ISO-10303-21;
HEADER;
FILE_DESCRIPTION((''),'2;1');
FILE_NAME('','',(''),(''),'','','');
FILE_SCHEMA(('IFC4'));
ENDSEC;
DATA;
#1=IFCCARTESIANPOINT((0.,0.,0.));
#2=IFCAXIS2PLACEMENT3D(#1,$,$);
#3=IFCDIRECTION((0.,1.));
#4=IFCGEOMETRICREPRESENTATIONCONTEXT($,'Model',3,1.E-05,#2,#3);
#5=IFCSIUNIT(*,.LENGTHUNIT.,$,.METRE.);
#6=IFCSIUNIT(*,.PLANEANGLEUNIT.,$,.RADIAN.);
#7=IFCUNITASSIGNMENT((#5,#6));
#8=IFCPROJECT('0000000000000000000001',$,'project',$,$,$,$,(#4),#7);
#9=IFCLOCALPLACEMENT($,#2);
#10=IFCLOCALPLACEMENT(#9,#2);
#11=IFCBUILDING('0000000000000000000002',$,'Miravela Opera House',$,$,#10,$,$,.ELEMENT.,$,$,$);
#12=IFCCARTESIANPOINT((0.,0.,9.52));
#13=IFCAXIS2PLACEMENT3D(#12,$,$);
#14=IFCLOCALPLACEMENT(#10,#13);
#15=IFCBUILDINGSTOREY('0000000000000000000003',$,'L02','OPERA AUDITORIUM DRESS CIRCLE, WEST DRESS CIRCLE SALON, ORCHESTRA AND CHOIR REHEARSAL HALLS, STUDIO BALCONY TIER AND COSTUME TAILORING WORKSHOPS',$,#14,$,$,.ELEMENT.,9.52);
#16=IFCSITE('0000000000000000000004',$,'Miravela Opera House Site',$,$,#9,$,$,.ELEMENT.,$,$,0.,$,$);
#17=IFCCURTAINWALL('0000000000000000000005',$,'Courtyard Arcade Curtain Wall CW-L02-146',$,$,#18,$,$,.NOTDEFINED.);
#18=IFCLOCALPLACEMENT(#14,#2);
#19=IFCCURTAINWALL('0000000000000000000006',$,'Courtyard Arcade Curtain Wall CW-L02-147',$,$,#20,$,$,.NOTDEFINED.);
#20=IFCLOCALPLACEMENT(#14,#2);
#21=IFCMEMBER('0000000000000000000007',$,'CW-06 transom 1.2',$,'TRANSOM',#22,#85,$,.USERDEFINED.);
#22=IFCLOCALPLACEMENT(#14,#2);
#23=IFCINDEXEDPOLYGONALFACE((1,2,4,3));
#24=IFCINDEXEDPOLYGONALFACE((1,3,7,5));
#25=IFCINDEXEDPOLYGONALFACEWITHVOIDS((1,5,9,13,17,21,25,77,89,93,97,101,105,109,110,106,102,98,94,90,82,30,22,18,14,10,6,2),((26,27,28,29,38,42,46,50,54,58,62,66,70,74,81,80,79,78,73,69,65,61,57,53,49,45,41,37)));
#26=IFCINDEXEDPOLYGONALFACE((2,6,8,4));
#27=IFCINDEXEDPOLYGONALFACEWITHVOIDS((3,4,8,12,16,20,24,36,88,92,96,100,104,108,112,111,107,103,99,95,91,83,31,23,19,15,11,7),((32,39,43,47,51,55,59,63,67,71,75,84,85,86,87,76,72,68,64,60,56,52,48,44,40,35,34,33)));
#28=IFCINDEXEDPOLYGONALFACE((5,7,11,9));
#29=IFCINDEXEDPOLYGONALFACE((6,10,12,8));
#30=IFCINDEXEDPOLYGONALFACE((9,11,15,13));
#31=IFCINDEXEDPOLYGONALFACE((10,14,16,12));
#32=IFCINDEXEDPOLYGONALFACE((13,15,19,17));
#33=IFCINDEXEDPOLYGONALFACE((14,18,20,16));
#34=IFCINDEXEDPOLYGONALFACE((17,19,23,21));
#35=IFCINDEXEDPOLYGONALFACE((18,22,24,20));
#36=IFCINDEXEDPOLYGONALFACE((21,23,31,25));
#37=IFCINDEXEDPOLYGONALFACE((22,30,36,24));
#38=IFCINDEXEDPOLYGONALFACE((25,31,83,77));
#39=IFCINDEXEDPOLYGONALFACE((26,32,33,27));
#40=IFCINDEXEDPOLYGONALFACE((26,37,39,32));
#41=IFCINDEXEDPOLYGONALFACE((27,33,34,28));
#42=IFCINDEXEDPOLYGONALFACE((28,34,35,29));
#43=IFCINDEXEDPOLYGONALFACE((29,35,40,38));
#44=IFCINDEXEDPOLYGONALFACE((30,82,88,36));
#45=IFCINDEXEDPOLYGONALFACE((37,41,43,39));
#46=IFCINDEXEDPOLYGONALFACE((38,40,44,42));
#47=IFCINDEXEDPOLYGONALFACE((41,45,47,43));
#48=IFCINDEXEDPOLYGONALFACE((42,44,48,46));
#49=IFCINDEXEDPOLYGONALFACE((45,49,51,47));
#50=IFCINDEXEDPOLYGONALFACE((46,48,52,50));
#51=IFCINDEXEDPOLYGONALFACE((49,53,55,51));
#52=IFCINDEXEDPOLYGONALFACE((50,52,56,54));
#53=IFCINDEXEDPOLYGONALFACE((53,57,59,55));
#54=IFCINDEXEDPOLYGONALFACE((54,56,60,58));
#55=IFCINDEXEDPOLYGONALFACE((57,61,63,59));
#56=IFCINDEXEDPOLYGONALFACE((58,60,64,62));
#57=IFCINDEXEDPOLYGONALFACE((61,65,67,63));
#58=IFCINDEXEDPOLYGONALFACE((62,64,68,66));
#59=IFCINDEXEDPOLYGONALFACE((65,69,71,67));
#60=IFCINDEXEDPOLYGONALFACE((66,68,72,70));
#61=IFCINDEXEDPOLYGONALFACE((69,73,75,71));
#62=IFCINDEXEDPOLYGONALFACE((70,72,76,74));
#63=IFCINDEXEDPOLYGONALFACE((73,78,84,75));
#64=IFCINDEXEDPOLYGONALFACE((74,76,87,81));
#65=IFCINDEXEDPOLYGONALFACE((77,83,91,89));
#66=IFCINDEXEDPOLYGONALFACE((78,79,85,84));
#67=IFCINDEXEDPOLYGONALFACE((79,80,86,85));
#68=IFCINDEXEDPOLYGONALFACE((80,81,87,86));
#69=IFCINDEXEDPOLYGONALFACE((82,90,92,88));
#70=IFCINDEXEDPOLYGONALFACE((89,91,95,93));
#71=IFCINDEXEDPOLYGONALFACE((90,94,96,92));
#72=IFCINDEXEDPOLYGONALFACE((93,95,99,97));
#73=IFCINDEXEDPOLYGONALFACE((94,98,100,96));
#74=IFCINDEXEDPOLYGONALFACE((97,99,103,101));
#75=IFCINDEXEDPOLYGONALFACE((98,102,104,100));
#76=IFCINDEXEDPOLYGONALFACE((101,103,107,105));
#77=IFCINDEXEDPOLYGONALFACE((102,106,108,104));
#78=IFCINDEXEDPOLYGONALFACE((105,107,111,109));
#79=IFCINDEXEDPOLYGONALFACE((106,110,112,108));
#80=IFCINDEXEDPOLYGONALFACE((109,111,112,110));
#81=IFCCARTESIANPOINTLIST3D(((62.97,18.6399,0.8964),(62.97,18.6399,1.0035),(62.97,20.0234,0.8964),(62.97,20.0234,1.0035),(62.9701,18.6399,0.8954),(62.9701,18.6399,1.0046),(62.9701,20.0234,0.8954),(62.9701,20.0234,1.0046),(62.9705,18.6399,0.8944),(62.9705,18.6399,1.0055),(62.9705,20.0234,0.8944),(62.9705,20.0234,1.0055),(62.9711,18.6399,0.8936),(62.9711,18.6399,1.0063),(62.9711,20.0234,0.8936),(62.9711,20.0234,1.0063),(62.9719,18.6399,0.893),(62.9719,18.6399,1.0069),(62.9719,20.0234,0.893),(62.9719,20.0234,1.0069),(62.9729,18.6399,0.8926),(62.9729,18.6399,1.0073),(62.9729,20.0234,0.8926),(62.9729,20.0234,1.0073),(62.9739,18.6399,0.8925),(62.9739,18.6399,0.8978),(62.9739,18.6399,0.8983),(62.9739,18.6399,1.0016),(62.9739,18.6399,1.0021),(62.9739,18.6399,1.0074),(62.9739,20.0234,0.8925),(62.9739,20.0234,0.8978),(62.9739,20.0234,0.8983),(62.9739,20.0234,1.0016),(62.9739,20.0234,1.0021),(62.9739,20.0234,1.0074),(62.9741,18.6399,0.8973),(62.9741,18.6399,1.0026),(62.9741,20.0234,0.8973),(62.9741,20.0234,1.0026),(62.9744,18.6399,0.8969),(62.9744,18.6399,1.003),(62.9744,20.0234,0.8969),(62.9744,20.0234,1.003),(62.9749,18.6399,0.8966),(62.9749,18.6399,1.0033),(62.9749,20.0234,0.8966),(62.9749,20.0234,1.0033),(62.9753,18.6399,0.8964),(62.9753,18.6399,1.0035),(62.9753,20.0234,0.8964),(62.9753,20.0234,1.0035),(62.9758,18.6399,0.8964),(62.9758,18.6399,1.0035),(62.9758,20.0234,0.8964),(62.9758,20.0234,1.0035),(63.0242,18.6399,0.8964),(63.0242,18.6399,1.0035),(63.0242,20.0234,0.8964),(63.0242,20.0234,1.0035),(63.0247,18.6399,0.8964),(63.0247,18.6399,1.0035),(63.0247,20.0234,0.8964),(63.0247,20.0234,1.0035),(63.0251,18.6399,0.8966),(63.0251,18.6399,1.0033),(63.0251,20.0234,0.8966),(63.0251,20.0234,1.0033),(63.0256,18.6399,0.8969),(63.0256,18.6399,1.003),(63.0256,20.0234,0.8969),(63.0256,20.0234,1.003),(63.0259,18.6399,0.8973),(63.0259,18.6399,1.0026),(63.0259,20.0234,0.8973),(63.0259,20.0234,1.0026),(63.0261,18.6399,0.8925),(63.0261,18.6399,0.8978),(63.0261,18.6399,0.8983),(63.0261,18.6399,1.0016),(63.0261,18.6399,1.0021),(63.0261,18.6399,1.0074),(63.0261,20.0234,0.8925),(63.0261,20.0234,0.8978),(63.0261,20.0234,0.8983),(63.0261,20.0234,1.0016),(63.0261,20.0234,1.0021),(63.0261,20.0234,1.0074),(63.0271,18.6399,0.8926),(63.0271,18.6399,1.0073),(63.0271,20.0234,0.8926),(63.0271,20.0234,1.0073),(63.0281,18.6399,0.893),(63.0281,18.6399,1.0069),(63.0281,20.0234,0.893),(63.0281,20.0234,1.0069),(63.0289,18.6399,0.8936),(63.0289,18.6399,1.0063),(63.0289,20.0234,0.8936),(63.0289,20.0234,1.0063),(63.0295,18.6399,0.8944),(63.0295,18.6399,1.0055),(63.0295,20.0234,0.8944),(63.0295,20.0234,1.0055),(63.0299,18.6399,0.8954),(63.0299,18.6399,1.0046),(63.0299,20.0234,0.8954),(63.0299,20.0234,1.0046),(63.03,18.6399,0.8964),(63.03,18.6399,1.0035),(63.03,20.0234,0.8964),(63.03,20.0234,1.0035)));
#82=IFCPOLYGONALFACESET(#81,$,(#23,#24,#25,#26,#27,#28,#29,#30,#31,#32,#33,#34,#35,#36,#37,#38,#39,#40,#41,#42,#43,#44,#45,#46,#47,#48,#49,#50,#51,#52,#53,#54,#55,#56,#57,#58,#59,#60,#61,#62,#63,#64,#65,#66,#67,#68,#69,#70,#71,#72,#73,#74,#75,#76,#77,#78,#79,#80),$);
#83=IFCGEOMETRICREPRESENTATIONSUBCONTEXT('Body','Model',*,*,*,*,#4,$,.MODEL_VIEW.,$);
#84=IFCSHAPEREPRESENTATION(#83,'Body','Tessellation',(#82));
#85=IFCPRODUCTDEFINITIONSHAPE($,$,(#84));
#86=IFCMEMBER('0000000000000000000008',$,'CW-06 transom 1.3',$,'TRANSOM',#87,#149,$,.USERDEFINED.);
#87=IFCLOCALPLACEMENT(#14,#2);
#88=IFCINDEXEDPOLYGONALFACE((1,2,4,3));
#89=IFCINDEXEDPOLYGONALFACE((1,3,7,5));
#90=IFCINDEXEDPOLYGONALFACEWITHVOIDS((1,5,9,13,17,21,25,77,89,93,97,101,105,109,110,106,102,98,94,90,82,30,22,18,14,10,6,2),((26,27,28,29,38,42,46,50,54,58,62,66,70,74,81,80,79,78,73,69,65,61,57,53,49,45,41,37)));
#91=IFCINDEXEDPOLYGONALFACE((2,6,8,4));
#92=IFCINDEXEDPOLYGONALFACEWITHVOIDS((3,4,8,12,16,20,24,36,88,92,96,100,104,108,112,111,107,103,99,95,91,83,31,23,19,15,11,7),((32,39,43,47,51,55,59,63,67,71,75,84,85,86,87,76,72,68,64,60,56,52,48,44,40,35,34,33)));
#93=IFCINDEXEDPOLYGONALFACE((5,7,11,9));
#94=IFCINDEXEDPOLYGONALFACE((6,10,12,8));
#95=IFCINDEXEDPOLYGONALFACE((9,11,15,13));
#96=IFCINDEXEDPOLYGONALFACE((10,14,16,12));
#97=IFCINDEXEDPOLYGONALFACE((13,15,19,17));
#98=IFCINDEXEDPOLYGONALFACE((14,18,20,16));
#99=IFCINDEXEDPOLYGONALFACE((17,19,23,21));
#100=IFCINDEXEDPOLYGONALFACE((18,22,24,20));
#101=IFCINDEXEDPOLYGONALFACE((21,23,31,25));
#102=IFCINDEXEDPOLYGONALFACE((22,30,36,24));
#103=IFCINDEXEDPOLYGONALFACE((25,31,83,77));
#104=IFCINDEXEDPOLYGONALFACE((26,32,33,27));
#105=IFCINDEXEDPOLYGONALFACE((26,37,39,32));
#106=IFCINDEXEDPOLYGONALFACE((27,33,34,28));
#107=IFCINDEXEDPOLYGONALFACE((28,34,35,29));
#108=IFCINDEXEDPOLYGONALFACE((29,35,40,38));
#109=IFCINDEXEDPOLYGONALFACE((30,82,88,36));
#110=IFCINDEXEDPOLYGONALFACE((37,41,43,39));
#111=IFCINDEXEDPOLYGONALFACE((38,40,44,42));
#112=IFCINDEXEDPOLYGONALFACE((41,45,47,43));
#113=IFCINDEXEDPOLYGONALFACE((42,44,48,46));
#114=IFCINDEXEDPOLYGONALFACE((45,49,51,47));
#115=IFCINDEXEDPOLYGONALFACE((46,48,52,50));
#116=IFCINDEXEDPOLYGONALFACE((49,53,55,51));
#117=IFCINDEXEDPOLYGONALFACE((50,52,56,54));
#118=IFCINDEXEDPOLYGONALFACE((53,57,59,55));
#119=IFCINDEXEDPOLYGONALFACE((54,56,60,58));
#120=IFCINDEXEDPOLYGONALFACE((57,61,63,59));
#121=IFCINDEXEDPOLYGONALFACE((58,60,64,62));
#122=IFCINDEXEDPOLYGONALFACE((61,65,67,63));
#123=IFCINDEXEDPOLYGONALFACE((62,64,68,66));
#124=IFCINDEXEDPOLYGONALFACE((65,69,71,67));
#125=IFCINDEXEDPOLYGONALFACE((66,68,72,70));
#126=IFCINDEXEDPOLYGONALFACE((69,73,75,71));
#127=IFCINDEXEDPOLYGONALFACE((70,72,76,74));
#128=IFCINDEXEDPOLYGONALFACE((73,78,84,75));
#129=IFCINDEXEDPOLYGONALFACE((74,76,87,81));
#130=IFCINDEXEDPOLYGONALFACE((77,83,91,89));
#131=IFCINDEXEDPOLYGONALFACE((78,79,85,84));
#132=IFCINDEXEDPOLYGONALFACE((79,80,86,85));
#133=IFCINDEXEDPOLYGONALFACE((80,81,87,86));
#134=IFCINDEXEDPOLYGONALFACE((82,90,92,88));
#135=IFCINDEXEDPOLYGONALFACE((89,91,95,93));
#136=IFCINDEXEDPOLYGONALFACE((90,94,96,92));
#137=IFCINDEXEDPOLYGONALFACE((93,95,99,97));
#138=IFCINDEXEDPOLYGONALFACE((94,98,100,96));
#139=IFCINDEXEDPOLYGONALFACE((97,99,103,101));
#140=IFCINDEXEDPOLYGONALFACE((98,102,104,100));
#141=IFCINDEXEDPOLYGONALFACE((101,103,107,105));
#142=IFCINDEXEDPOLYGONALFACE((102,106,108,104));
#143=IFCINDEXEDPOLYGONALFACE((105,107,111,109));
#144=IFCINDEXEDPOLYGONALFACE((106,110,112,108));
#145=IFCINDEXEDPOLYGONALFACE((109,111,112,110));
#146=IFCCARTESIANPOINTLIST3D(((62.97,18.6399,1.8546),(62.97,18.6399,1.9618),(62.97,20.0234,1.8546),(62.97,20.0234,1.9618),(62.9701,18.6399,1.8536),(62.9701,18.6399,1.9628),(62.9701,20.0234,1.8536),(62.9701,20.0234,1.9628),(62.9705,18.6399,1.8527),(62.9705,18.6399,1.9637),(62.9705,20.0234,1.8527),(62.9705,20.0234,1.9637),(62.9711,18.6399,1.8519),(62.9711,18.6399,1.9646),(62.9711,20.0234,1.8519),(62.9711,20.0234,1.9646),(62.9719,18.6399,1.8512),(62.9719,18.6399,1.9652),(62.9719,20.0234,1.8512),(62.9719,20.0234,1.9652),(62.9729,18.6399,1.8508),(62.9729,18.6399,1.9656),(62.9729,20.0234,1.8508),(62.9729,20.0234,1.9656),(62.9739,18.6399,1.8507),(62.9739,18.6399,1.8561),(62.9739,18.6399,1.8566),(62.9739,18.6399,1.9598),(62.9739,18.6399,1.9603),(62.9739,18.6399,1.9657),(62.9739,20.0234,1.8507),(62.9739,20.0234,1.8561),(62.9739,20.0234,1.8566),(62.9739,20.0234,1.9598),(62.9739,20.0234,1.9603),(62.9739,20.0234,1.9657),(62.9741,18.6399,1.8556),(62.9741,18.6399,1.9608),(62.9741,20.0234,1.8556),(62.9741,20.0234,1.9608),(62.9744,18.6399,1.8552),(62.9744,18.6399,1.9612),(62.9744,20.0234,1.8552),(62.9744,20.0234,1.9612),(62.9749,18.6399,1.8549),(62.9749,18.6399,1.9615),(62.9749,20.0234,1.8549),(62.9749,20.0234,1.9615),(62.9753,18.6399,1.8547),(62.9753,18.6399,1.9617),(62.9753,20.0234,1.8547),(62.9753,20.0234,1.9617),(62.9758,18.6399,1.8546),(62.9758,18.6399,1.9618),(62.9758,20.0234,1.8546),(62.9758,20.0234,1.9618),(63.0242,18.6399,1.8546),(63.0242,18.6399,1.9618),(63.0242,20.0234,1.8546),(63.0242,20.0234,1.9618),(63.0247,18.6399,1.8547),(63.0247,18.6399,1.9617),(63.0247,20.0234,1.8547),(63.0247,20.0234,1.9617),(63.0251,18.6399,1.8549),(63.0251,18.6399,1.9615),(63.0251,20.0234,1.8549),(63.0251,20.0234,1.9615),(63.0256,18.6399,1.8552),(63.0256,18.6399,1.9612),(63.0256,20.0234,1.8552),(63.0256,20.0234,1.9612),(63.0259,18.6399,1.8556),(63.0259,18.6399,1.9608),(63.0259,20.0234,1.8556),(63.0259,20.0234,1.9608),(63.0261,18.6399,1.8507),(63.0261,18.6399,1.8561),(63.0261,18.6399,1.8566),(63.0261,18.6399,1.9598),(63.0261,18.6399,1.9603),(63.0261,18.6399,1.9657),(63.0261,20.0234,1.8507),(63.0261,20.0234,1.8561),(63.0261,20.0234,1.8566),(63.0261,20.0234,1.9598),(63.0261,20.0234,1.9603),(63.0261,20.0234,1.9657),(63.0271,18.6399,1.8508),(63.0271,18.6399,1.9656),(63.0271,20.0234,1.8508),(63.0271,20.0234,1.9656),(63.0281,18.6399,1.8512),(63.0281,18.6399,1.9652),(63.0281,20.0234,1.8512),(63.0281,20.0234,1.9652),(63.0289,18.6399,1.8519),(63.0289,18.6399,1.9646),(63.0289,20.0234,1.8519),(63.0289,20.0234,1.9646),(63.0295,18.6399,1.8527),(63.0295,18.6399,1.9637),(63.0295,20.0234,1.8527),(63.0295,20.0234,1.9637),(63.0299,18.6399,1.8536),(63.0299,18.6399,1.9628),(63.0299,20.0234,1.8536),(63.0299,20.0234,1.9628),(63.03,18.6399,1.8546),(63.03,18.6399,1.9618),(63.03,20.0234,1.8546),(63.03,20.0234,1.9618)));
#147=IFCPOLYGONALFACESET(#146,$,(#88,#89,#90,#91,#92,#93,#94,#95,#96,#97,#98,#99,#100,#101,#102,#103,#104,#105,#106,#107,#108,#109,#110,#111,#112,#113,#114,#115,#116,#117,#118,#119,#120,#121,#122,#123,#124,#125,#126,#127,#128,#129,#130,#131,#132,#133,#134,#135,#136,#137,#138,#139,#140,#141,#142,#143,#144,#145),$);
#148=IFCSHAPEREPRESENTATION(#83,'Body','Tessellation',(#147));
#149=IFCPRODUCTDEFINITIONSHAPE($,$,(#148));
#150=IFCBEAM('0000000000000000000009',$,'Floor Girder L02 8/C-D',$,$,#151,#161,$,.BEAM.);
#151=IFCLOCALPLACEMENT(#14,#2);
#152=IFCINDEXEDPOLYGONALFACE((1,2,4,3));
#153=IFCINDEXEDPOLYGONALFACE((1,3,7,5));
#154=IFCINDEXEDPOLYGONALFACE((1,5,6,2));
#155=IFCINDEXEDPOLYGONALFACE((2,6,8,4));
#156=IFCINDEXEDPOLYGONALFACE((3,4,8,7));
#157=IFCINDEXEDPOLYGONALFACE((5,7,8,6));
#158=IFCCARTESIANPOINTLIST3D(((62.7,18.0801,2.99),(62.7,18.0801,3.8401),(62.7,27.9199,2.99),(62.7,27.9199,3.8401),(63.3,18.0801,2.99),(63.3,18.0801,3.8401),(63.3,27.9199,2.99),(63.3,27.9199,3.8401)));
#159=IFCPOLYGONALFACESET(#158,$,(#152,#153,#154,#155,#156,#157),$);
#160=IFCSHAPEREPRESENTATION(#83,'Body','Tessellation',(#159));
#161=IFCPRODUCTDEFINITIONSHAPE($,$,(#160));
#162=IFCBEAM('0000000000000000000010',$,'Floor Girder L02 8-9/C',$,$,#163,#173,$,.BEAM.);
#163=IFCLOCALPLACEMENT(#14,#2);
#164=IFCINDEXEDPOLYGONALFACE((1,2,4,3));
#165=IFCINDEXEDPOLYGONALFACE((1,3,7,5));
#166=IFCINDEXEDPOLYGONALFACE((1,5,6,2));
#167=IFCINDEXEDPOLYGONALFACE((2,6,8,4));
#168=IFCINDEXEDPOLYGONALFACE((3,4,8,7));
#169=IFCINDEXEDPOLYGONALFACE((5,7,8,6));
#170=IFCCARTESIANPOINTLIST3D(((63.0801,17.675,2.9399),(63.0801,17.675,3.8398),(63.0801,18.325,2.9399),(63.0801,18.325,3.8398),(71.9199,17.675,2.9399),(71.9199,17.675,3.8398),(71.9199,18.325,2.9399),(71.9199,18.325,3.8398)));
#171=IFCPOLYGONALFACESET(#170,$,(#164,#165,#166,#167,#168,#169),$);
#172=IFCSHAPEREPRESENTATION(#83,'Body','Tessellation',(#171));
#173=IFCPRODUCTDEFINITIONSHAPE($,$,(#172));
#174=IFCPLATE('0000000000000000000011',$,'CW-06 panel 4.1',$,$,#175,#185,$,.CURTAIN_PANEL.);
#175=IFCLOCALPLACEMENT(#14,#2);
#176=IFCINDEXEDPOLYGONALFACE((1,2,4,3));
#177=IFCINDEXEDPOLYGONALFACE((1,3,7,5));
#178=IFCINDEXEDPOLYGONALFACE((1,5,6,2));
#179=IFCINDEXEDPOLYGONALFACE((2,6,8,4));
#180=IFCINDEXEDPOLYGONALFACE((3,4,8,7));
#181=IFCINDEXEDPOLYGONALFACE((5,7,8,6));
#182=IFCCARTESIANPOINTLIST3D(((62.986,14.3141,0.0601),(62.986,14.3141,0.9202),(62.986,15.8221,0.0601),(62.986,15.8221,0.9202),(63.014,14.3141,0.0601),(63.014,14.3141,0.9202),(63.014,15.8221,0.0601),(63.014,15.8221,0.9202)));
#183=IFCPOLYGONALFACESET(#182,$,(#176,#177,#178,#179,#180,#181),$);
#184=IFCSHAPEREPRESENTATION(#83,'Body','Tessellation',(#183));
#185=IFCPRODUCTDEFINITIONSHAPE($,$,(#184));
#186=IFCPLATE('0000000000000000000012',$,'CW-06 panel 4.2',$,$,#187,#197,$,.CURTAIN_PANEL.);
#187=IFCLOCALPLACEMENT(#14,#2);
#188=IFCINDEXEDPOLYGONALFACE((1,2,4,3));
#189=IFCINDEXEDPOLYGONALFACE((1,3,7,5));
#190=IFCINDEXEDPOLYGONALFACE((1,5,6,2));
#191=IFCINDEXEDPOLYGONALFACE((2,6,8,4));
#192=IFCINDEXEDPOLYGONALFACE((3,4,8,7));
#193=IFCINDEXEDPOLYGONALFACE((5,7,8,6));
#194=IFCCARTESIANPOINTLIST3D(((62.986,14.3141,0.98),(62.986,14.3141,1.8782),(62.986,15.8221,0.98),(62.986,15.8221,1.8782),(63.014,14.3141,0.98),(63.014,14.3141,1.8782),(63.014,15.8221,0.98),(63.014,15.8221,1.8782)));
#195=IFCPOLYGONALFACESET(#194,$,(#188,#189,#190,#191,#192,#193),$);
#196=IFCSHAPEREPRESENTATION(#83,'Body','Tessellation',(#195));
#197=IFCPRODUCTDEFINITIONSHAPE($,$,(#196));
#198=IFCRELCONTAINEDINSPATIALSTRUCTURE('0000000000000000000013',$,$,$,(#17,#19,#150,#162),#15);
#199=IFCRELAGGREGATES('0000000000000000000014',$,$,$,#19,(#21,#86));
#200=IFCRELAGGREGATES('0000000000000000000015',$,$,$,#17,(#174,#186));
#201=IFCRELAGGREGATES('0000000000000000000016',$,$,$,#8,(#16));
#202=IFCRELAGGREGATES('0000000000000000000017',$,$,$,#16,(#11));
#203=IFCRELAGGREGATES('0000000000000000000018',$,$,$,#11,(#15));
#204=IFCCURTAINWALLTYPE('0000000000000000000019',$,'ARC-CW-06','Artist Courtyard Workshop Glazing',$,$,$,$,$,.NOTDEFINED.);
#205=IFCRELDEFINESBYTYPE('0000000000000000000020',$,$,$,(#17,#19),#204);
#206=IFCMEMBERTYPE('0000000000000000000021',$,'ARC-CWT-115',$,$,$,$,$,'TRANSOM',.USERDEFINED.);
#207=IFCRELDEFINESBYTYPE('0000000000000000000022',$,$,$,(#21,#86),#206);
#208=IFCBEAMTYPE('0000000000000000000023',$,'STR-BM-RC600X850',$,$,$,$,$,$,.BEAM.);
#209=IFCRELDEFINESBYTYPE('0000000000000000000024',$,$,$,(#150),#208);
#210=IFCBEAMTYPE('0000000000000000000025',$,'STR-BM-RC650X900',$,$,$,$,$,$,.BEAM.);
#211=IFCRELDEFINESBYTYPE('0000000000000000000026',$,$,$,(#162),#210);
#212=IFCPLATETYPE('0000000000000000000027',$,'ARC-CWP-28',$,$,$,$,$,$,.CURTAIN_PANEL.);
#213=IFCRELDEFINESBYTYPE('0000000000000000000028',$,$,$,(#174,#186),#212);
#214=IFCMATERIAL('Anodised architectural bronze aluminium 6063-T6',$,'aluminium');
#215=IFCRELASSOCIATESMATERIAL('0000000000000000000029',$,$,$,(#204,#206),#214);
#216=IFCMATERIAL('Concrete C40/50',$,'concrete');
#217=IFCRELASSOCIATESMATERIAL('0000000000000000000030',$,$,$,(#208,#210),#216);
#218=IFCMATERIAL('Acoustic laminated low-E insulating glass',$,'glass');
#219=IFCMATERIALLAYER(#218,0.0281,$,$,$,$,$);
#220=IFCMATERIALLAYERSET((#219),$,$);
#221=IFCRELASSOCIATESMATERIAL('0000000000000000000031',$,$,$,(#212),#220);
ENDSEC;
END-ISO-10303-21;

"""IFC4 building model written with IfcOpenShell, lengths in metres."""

from ifc_helpers import new_model, si_unit, direction, frame, origin, origin_2d, place, context, subcontext, project, spatial, rectangle, hollow_rectangle, extrude, material, layer, layer_set, material_profile, profile_set, type_object, element, aggregate, save


model = new_model("IFC4")

# Units and contexts
model_context = context("Model", 3, precision=1e-05, world=origin(), true_north=direction((0.0, 1.0)))
body_context = subcontext(model_context, "Body", "Model", "MODEL_VIEW")
ifc_project = project(units=[si_unit("LENGTHUNIT", "METRE"), si_unit("PLANEANGLEUNIT", "RADIAN")], contexts=[model_context])

# Site, building, storey
site_placement = place(None, origin())
site = spatial("IfcSite", under=ifc_project, at=site_placement, Name="Miravela Opera House Site", CompositionType="ELEMENT", RefElevation=0.0)
building_placement = place(site_placement, origin())
building = spatial("IfcBuilding", under=site, at=building_placement, Name="Miravela Opera House", CompositionType="ELEMENT")
storey_placement = place(building_placement, frame((0.0, 0.0, 9.52)))
storey = spatial("IfcBuildingStorey", under=building, at=storey_placement, Name="L02", Description="OPERA AUDITORIUM DRESS CIRCLE, WEST DRESS CIRCLE SALON, ORCHESTRA AND CHOIR REHEARSAL HALLS, STUDIO BALCONY TIER AND COSTUME TAILORING WORKSHOPS", CompositionType="ELEMENT", Elevation=9.52)

# Curtain wall
ifc_material_1 = material(Name="Anodised architectural bronze aluminium 6063-T6", Category="aluminium")
curtain_wall_type = type_object("IfcCurtainWallType", Name="ARC-CW-06", Description="Artist Courtyard Workshop Glazing", PredefinedType="NOTDEFINED", material=ifc_material_1)
curtain_wall_1_placement = place(storey_placement, origin())
curtain_wall_1 = element("IfcCurtainWall", 1, at=curtain_wall_1_placement, inside=storey, type_object=curtain_wall_type, Name="Courtyard Arcade Curtain Wall CW-L02-146", PredefinedType="NOTDEFINED")

# Curtain wall
curtain_wall_2_placement = place(storey_placement, origin())
curtain_wall_2 = element("IfcCurtainWall", 2, at=curtain_wall_2_placement, inside=storey, type_object=curtain_wall_type, Name="Courtyard Arcade Curtain Wall CW-L02-147", PredefinedType="NOTDEFINED")

# Members
ifc_material_profile_1 = material_profile(ifc_material_1, hollow_rectangle(XDim=0.0601, YDim=0.115, WallThickness=0.0039, InnerFilletRadius=0.002, OuterFilletRadius=0.0039, at=origin_2d()), Name="CWT-60X115")
ifc_profile_set_1 = profile_set([ifc_material_profile_1])
member_type_1 = type_object("IfcMemberType", Name="ARC-CWT-115", ElementType="TRANSOM", PredefinedType="USERDEFINED", material=ifc_profile_set_1)
member_1_placement = place(storey_placement, frame((63.0, 18.6399, 0.95), z_axis=(0.0, 1.0, 0.0), x_axis=(-1.0, 0.0, 0.0)))
member_1 = element("IfcMember", 3, at=member_1_placement, type_object=member_type_1, Name="CW-06 transom 1.2", ObjectType="TRANSOM", PredefinedType="USERDEFINED", context=body_context, shape_type="SweptSolid", body=[
    extrude(hollow_rectangle(XDim=0.0601, YDim=0.115, WallThickness=0.0039, InnerFilletRadius=0.002, OuterFilletRadius=0.0039, at=origin_2d()), origin(), (0.0, 0.0, 1.0), 1.3835),
])
member_2_placement = place(storey_placement, frame((63.0, 18.6399, 1.9082), z_axis=(0.0, 1.0, 0.0), x_axis=(-1.0, 0.0, 0.0)))
member_2 = element("IfcMember", 4, at=member_2_placement, type_object=member_type_1, Name="CW-06 transom 1.3", ObjectType="TRANSOM", PredefinedType="USERDEFINED", context=body_context, shape_type="SweptSolid", body=[
    extrude(hollow_rectangle(XDim=0.0601, YDim=0.115, WallThickness=0.0039, InnerFilletRadius=0.002, OuterFilletRadius=0.0039, at=origin_2d()), origin(), (0.0, 0.0, 1.0), 1.3835),
])
aggregate(curtain_wall_2, [member_1, member_2])

# Beams
ifc_material_2 = material(Name="Concrete C40/50", Category="concrete")
ifc_material_profile_2 = material_profile(ifc_material_2, rectangle(XDim=0.6001, YDim=0.8501, at=origin_2d()), Name="RC-BM-600X850")
ifc_profile_set_2 = profile_set([ifc_material_profile_2])
beam_type_1 = type_object("IfcBeamType", Name="STR-BM-RC600X850", PredefinedType="BEAM", material=ifc_profile_set_2)
beam_1_placement = place(storey_placement, frame((63.0, 18.0801, 3.415), z_axis=(0.0, 1.0, 0.0), x_axis=(-1.0, 0.0, 0.0)))
element("IfcBeam", 5, at=beam_1_placement, inside=storey, type_object=beam_type_1, Name="Floor Girder L02 8/C-D", PredefinedType="BEAM", context=body_context, shape_type="SweptSolid", body=[
    extrude(rectangle(XDim=0.6001, YDim=0.8501, at=origin_2d()), origin(), (0.0, 0.0, 1.0), 9.8398),
])
ifc_material_profile_3 = material_profile(ifc_material_2, rectangle(XDim=0.6499, YDim=0.8999, at=origin_2d()), Name="RC-BM-650X900")
ifc_profile_set_3 = profile_set([ifc_material_profile_3])
beam_type_2 = type_object("IfcBeamType", Name="STR-BM-RC650X900", PredefinedType="BEAM", material=ifc_profile_set_3)
beam_2_placement = place(storey_placement, frame((63.0801, 18.0, 3.3899), z_axis=(1.0, 0.0, 0.0), x_axis=(0.0, 1.0, 0.0)))
element("IfcBeam", 6, at=beam_2_placement, inside=storey, type_object=beam_type_2, Name="Floor Girder L02 8-9/C", PredefinedType="BEAM", context=body_context, shape_type="SweptSolid", body=[
    extrude(rectangle(XDim=0.6499, YDim=0.8999, at=origin_2d()), origin(), (0.0, 0.0, 1.0), 8.8398),
])

# Plates
ifc_material_3 = material(Name="Acoustic laminated low-E insulating glass", Category="glass")
ifc_layer_1 = layer(ifc_material_3, 0.0281)
ifc_layer_set_1 = layer_set([ifc_layer_1])
plate_type = type_object("IfcPlateType", Name="ARC-CWP-28", PredefinedType="CURTAIN_PANEL", material=ifc_layer_set_1)
plate_1_placement = place(storey_placement, frame((63.0, 15.0681, 0.0601), z_axis=(0.0, 0.0, 1.0), x_axis=(0.0, 1.0, 0.0)))
plate_1 = element("IfcPlate", 7, at=plate_1_placement, type_object=plate_type, Name="CW-06 panel 4.1", PredefinedType="CURTAIN_PANEL", context=body_context, shape_type="SweptSolid", body=[
    extrude(rectangle(XDim=1.5081, YDim=0.0281, at=origin_2d()), origin(), (0.0, 0.0, 1.0), 0.8601),
])
plate_2_placement = place(storey_placement, frame((63.0, 15.0681, 0.98), z_axis=(0.0, 0.0, 1.0), x_axis=(0.0, 1.0, 0.0)))
plate_2 = element("IfcPlate", 8, at=plate_2_placement, type_object=plate_type, Name="CW-06 panel 4.2", PredefinedType="CURTAIN_PANEL", context=body_context, shape_type="SweptSolid", body=[
    extrude(rectangle(XDim=1.5081, YDim=0.0281, at=origin_2d()), origin(), (0.0, 0.0, 1.0), 0.8982),
])
aggregate(curtain_wall_1, [plate_1, plate_2])

save(model, "model.ifc")
